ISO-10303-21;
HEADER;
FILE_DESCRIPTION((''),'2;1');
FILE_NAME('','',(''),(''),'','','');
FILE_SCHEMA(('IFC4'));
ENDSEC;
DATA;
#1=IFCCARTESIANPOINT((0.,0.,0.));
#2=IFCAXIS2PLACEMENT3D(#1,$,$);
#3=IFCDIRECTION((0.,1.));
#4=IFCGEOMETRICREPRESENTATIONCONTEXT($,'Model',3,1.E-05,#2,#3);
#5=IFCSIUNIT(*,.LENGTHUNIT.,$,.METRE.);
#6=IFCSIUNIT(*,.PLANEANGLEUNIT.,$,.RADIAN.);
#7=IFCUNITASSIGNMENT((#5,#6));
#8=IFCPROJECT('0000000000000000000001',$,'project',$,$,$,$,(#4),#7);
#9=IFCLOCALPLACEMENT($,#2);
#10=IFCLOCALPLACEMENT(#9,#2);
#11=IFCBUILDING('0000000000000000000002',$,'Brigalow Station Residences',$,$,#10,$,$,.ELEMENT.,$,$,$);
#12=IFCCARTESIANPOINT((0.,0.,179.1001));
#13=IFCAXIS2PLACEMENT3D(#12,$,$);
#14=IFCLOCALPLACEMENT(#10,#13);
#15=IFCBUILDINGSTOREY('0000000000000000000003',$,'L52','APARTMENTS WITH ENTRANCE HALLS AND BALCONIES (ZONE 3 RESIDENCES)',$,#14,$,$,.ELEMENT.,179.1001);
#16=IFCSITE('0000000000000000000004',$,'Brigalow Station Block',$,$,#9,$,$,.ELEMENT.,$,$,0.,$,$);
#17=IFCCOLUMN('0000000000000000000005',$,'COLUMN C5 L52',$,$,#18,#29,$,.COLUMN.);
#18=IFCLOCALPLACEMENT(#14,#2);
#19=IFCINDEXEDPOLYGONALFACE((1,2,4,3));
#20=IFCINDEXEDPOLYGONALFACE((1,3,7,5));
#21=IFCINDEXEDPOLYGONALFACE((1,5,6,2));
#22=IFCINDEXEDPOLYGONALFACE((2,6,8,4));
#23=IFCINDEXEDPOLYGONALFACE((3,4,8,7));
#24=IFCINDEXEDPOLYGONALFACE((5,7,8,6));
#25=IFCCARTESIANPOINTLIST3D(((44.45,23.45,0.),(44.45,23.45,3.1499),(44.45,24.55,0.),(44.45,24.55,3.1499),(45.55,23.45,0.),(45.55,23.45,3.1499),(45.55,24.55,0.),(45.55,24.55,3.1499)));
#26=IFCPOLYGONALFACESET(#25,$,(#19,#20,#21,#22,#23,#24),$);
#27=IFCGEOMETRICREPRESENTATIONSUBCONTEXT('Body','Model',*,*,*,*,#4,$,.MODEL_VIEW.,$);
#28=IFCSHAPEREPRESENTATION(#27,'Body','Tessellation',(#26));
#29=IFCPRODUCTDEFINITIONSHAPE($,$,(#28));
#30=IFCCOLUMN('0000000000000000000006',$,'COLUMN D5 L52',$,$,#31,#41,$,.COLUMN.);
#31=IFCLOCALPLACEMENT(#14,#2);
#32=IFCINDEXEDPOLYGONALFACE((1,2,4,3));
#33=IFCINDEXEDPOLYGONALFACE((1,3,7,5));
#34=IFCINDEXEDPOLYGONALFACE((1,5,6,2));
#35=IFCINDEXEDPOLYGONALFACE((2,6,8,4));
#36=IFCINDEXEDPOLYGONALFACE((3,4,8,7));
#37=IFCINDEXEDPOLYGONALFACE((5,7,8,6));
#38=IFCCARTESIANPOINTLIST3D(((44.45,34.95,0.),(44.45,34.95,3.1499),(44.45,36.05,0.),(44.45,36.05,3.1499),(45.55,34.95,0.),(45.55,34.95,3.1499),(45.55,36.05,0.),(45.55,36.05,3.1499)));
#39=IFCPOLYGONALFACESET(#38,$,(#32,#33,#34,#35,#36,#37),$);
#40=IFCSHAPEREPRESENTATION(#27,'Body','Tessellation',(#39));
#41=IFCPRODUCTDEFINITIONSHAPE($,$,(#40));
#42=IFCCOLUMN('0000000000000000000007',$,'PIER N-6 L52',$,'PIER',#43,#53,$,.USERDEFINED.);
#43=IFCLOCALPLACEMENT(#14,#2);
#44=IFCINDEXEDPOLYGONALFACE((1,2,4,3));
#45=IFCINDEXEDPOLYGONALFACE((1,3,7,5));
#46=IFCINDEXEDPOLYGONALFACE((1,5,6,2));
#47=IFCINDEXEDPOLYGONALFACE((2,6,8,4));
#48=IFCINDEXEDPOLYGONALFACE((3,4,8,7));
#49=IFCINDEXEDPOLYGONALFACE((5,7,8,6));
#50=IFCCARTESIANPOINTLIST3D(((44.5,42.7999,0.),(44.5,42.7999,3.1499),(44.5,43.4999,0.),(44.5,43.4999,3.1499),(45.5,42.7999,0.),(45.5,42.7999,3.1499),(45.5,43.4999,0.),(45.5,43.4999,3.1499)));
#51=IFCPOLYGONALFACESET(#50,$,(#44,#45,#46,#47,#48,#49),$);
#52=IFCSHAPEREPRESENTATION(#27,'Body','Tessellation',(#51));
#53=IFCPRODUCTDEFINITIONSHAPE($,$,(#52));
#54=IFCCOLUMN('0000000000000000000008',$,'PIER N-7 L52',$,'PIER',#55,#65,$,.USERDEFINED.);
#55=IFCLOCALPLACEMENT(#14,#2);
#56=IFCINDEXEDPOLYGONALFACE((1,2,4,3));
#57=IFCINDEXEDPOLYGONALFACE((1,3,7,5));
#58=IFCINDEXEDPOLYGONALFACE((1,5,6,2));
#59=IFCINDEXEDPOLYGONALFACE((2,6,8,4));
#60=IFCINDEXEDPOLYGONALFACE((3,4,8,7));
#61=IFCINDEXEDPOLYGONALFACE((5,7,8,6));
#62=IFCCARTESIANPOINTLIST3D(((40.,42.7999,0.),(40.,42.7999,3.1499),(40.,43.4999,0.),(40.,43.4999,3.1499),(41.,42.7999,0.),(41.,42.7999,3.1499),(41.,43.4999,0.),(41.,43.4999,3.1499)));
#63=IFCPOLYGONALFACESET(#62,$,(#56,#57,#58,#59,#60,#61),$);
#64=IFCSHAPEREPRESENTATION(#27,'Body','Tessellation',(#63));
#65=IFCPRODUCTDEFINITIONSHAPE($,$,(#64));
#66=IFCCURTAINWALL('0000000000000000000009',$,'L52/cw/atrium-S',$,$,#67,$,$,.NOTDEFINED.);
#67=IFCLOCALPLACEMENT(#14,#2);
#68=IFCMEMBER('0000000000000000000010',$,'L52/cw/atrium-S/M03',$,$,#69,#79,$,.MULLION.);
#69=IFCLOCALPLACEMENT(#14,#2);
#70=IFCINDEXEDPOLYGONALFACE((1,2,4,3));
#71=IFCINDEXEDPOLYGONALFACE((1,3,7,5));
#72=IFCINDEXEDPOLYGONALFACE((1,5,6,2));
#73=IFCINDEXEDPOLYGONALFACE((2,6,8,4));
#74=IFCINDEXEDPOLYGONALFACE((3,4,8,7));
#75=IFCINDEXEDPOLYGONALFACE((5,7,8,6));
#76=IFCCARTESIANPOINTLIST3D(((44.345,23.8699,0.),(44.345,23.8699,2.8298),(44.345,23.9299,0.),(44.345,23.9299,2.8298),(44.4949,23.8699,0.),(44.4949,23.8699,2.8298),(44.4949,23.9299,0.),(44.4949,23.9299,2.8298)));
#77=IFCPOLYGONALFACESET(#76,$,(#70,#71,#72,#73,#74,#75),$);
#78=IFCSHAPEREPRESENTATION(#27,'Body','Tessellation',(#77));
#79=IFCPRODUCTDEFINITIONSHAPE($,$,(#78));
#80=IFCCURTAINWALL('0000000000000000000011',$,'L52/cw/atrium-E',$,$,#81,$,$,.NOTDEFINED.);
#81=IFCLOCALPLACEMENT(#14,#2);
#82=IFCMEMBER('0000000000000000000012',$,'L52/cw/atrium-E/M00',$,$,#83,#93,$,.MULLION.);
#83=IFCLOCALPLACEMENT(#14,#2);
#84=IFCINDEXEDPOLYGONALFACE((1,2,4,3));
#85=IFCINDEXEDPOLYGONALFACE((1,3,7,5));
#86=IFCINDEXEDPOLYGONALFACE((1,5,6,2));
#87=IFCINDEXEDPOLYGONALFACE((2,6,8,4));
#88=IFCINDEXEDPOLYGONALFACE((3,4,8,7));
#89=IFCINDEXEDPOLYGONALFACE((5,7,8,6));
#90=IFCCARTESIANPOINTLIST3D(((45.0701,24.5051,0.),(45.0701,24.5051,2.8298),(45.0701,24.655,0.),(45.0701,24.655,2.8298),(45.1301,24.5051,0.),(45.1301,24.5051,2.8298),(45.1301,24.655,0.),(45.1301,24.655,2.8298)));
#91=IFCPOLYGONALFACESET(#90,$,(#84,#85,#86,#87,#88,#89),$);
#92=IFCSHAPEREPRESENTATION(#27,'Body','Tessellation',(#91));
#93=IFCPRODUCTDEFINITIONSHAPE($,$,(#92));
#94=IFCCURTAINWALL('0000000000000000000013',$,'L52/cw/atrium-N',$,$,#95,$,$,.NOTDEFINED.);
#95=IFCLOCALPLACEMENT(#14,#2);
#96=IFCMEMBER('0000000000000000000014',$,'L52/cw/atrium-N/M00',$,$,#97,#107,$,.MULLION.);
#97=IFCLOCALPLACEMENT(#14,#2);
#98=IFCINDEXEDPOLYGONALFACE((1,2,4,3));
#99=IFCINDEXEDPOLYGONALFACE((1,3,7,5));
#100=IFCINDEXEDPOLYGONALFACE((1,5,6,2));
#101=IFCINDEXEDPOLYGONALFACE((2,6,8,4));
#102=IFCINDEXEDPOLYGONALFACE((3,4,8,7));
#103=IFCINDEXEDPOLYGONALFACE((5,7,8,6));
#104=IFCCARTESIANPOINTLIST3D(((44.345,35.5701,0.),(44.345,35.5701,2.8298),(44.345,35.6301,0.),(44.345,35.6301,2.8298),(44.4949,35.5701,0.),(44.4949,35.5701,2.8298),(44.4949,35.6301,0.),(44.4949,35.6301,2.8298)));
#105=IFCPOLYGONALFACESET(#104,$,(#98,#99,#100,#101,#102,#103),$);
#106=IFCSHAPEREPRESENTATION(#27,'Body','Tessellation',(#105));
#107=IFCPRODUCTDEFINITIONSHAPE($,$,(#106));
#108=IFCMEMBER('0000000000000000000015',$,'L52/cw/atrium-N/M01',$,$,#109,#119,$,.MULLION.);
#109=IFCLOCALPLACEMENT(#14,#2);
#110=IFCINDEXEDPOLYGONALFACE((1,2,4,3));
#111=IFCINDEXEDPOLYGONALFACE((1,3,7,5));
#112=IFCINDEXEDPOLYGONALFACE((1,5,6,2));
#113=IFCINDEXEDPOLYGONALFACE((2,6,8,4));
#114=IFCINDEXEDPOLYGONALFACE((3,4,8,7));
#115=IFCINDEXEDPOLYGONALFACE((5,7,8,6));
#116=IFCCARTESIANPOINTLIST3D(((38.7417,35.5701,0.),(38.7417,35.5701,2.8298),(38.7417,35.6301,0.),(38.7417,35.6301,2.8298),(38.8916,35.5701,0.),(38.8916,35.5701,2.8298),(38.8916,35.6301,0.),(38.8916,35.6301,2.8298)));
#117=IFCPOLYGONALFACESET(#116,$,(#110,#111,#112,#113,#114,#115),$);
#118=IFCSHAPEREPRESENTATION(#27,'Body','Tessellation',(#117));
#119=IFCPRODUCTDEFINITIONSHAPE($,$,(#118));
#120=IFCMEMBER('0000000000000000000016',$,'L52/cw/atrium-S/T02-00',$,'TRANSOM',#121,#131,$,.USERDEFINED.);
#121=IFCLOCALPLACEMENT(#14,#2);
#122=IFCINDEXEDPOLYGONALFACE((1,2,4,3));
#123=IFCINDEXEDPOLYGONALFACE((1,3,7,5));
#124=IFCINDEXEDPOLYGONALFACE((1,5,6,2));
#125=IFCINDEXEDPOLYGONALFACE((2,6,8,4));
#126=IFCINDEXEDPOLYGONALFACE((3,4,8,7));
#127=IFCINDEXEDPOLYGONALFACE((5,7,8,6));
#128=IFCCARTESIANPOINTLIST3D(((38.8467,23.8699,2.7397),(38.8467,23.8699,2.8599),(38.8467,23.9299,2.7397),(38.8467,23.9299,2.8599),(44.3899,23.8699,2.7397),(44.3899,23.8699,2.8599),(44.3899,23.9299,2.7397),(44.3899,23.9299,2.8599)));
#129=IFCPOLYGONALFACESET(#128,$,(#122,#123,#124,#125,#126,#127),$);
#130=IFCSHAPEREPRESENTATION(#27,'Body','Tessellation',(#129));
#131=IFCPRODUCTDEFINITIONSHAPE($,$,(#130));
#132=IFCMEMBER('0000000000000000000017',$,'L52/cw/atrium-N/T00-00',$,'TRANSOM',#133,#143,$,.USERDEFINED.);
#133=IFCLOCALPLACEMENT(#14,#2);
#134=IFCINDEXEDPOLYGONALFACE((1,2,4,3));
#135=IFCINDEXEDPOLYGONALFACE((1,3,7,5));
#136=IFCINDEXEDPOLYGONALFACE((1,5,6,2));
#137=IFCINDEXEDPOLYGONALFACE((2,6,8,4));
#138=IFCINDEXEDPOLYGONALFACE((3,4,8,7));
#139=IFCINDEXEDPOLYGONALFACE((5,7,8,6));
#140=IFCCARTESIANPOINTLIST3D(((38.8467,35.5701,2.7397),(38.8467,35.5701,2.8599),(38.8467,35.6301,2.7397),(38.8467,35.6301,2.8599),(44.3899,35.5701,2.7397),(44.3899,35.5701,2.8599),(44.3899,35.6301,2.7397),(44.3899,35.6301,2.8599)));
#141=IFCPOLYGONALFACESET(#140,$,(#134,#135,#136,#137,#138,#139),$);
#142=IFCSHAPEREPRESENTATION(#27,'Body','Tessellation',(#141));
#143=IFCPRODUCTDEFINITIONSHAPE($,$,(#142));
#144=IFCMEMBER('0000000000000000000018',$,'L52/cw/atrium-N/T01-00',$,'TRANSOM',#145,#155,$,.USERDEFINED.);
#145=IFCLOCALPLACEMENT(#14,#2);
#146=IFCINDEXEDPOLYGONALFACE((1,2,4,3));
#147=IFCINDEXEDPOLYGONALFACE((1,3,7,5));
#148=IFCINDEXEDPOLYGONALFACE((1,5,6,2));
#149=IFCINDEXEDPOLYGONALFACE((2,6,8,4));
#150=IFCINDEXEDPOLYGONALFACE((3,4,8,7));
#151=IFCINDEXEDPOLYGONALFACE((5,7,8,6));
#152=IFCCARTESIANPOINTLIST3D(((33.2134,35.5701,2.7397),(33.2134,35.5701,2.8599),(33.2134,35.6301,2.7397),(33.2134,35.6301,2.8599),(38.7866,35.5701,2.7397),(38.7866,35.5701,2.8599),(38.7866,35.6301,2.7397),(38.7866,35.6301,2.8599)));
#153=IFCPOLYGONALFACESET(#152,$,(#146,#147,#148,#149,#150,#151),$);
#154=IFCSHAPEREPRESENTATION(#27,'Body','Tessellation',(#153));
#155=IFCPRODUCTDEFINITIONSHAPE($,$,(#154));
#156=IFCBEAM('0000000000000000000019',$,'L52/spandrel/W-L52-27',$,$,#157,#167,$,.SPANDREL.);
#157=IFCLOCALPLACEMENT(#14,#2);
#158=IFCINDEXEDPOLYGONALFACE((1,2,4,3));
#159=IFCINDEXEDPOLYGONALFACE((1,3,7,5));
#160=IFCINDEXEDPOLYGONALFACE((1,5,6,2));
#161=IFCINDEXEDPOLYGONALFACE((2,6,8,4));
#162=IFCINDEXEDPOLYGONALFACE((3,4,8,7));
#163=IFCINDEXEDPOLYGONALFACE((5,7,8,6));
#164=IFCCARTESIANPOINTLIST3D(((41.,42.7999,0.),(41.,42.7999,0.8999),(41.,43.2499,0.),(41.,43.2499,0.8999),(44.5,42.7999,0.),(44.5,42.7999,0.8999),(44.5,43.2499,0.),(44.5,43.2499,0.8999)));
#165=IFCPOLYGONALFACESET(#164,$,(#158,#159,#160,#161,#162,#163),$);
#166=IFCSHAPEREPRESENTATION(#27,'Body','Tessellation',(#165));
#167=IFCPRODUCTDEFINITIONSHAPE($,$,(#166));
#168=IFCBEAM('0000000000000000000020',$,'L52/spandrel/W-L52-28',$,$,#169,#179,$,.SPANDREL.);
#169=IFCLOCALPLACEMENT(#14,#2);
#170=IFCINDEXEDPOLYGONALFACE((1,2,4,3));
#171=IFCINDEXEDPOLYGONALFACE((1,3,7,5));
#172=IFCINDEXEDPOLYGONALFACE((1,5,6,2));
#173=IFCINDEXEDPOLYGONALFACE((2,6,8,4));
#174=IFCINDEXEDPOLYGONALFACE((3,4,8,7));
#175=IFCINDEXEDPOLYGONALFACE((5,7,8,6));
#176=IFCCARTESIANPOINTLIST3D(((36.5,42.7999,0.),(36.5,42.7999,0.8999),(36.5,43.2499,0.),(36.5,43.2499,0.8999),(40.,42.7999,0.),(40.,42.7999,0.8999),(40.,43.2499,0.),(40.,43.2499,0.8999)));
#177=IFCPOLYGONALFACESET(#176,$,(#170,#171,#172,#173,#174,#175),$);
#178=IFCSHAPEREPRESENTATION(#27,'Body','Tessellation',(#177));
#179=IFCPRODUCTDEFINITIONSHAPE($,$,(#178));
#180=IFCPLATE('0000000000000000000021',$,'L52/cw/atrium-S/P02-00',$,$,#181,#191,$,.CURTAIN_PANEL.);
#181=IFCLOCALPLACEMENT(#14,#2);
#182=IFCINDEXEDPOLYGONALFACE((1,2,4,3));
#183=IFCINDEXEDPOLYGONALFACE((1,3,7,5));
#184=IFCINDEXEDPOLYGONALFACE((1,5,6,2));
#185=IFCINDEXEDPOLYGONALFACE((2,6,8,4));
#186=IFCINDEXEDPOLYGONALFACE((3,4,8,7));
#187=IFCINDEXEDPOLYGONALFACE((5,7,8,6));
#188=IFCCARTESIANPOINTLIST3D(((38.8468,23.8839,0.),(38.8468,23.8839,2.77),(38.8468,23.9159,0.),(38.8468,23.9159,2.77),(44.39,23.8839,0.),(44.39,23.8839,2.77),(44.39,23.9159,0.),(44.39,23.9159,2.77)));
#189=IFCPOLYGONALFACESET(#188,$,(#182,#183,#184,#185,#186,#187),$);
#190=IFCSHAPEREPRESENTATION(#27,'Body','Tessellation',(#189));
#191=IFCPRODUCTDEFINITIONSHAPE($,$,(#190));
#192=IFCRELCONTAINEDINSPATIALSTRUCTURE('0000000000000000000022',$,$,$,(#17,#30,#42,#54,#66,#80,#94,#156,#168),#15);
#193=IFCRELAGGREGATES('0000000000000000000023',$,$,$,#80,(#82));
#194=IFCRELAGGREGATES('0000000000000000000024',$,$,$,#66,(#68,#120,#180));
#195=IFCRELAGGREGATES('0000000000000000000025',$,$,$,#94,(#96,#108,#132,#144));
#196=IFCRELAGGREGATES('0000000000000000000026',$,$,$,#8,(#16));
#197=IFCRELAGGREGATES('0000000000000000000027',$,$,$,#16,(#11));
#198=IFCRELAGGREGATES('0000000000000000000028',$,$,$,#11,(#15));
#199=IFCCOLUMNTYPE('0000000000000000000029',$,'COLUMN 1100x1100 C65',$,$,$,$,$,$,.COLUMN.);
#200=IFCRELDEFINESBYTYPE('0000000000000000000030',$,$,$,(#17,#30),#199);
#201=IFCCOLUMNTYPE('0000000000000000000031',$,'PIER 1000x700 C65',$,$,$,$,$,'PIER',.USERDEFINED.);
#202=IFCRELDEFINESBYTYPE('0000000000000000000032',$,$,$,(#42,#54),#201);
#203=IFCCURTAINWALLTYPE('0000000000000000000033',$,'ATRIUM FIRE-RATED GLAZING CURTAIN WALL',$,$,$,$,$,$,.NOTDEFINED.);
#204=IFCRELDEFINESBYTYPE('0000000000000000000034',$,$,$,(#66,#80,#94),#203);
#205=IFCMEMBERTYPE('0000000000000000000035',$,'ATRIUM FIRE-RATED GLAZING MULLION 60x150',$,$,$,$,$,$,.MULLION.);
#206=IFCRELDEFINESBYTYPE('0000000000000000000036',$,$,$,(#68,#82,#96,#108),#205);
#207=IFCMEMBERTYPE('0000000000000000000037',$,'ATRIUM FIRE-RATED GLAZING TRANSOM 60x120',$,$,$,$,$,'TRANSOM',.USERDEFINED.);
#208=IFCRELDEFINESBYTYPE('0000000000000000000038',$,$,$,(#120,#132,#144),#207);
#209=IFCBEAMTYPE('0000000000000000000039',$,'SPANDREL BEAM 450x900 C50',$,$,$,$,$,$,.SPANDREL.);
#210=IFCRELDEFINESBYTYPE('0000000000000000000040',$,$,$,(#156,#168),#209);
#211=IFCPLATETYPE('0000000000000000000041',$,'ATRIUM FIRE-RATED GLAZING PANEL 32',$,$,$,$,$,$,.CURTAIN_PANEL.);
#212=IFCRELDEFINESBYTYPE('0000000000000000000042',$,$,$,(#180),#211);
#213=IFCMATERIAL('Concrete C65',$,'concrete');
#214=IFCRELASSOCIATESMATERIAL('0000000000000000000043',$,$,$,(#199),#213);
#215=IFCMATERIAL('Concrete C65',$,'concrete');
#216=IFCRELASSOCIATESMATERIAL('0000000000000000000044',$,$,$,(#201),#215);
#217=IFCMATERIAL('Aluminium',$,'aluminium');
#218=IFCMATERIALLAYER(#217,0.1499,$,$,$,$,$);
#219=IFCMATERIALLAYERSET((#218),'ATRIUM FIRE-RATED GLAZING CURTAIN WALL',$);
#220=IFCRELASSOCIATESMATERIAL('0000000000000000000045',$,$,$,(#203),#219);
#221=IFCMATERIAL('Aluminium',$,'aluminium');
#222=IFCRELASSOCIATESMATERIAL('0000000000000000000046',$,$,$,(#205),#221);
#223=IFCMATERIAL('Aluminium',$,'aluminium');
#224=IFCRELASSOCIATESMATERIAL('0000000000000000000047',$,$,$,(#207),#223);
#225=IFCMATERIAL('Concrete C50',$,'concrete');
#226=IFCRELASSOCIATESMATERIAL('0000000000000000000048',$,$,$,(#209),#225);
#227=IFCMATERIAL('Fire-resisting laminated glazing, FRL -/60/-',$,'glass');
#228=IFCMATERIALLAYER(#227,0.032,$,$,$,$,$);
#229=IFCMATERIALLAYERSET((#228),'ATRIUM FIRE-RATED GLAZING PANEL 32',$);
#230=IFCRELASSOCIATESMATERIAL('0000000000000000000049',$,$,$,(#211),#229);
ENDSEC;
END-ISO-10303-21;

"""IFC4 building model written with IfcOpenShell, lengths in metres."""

from ifc_helpers import new_model, si_unit, direction, frame, origin, origin_2d, place, context, subcontext, project, spatial, rectangle, extrude, material, layer, layer_set, material_profile, profile_set, type_object, element, aggregate, save


model = new_model("IFC4")

# Units and contexts
model_context = context("Model", 3, precision=1e-05, world=origin(), true_north=direction((0.0, 1.0)))
body_context = subcontext(model_context, "Body", "Model", "MODEL_VIEW")
ifc_project = project(units=[si_unit("LENGTHUNIT", "METRE"), si_unit("PLANEANGLEUNIT", "RADIAN")], contexts=[model_context])

# Site, building, storey
site_placement = place(None, origin())
site = spatial("IfcSite", under=ifc_project, at=site_placement, Name="Brigalow Station Block", CompositionType="ELEMENT", RefElevation=0.0)
building_placement = place(site_placement, origin())
building = spatial("IfcBuilding", under=site, at=building_placement, Name="Brigalow Station Residences", CompositionType="ELEMENT")
storey_placement = place(building_placement, frame((0.0, 0.0, 179.1001)))
storey = spatial("IfcBuildingStorey", under=building, at=storey_placement, Name="L52", Description="APARTMENTS WITH ENTRANCE HALLS AND BALCONIES (ZONE 3 RESIDENCES)", CompositionType="ELEMENT", Elevation=179.1001)

# Columns
ifc_material_1 = material(Name="Concrete C65", Category="concrete")
ifc_material_profile_1 = material_profile(ifc_material_1, rectangle(XDim=1.1001, YDim=1.1001, at=origin_2d()), Name="RC1100x1100")
ifc_profile_set_1 = profile_set([ifc_material_profile_1], Name="Concrete C65")
column_type_1 = type_object("IfcColumnType", Name="COLUMN 1100x1100 C65", PredefinedType="COLUMN", material=ifc_profile_set_1)
for number, where, z_axis, x_axis, name in (
    (1, (45.0, 24.0, 0.0), (0.0, 0.0, 1.0), (1.0, 0.0, 0.0), "COLUMN C5 L52"),
    (2, (45.0, 35.5, 0.0), (0.0, 0.0, 1.0), (1.0, 0.0, 0.0), "COLUMN D5 L52"),
):
    element("IfcColumn", number, at=place(storey_placement, frame(where, z_axis=z_axis, x_axis=x_axis)), inside=storey, type_object=column_type_1, Name=name, PredefinedType="COLUMN", context=body_context, shape_type="SweptSolid", body=[
        extrude(rectangle(XDim=1.1001, YDim=1.1001, at=origin_2d()), origin(), (0.0, 0.0, 1.0), 3.1499),
    ])
ifc_material_2 = material(Name="Concrete C65", Category="concrete")
ifc_material_profile_2 = material_profile(ifc_material_2, rectangle(XDim=1.0, YDim=0.7, at=origin_2d()), Name="RC1000x700")
ifc_profile_set_2 = profile_set([ifc_material_profile_2], Name="Concrete C65")
column_type_2 = type_object("IfcColumnType", Name="PIER 1000x700 C65", ElementType="PIER", PredefinedType="USERDEFINED", material=ifc_profile_set_2)
for number, where, z_axis, x_axis, name in (
    (3, (45.0, 43.1499, 0.0), (0.0, 0.0, 1.0), (-1.0, 0.0, 0.0), "PIER N-6 L52"),
    (4, (40.5, 43.1499, 0.0), (0.0, 0.0, 1.0), (-1.0, 0.0, 0.0), "PIER N-7 L52"),
):
    element("IfcColumn", number, at=place(storey_placement, frame(where, z_axis=z_axis, x_axis=x_axis)), inside=storey, type_object=column_type_2, Name=name, ObjectType="PIER", PredefinedType="USERDEFINED", context=body_context, shape_type="SweptSolid", body=[
        extrude(rectangle(XDim=1.0, YDim=0.7, at=origin_2d()), origin(), (0.0, 0.0, 1.0), 3.1499),
    ])

# Curtain walls, members
ifc_material_3 = material(Name="Aluminium", Category="aluminium")
ifc_layer_1 = layer(ifc_material_3, 0.1499)
ifc_layer_set_1 = layer_set([ifc_layer_1], Name="ATRIUM FIRE-RATED GLAZING CURTAIN WALL")
curtain_wall_type = type_object("IfcCurtainWallType", Name="ATRIUM FIRE-RATED GLAZING CURTAIN WALL", PredefinedType="NOTDEFINED", material=ifc_layer_set_1)
curtain_wall_1_placement = place(storey_placement, origin())
curtain_wall_1 = element("IfcCurtainWall", 5, at=curtain_wall_1_placement, inside=storey, type_object=curtain_wall_type, Name="L52/cw/atrium-S", PredefinedType="NOTDEFINED")
ifc_material_4 = material(Name="Aluminium", Category="aluminium")
ifc_material_profile_3 = material_profile(ifc_material_4, rectangle(XDim=0.0601, YDim=0.1499, at=origin_2d()), Name="ATRIUM FIRE-RATED GLAZING MULLION 60x150")
ifc_profile_set_3 = profile_set([ifc_material_profile_3], Name="Aluminium")
member_type_1 = type_object("IfcMemberType", Name="ATRIUM FIRE-RATED GLAZING MULLION 60x150", PredefinedType="MULLION", material=ifc_profile_set_3)
member_1_placement = place(storey_placement, frame((44.4199, 23.8999, 0.0), z_axis=(0.0, 0.0, 1.0), x_axis=(0.0, 1.0, 0.0)))
member_1 = element("IfcMember", 6, at=member_1_placement, type_object=member_type_1, Name="L52/cw/atrium-S/M03", PredefinedType="MULLION", context=body_context, shape_type="SweptSolid", body=[
    extrude(rectangle(XDim=0.0601, YDim=0.1499, at=origin_2d()), origin(), (0.0, 0.0, 1.0), 2.8298),
])
curtain_wall_2_placement = place(storey_placement, origin())
curtain_wall_2 = element("IfcCurtainWall", 7, at=curtain_wall_2_placement, inside=storey, type_object=curtain_wall_type, Name="L52/cw/atrium-E", PredefinedType="NOTDEFINED")
member_2_placement = place(storey_placement, frame((45.1001, 24.5801, 0.0), z_axis=(0.0, 0.0, 1.0), x_axis=(-1.0, 0.0, 0.0)))
member_2 = element("IfcMember", 8, at=member_2_placement, type_object=member_type_1, Name="L52/cw/atrium-E/M00", PredefinedType="MULLION", context=body_context, shape_type="SweptSolid", body=[
    extrude(rectangle(XDim=0.0601, YDim=0.1499, at=origin_2d()), origin(), (0.0, 0.0, 1.0), 2.8298),
])
aggregate(curtain_wall_2, [member_2])

# Curtain wall, members
curtain_wall_3_placement = place(storey_placement, origin())
curtain_wall_3 = element("IfcCurtainWall", 9, at=curtain_wall_3_placement, inside=storey, type_object=curtain_wall_type, Name="L52/cw/atrium-N", PredefinedType="NOTDEFINED")
member_3_placement = place(storey_placement, frame((44.4199, 35.6001, 0.0), z_axis=(0.0, 0.0, 1.0), x_axis=(0.0, -1.0, 0.0)))
member_3 = element("IfcMember", 10, at=member_3_placement, type_object=member_type_1, Name="L52/cw/atrium-N/M00", PredefinedType="MULLION", context=body_context, shape_type="SweptSolid", body=[
    extrude(rectangle(XDim=0.0601, YDim=0.1499, at=origin_2d()), origin(), (0.0, 0.0, 1.0), 2.8298),
])
member_4_placement = place(storey_placement, frame((38.8167, 35.6001, 0.0), z_axis=(0.0, 0.0, 1.0), x_axis=(0.0, -1.0, 0.0)))
member_4 = element("IfcMember", 11, at=member_4_placement, type_object=member_type_1, Name="L52/cw/atrium-N/M01", PredefinedType="MULLION", context=body_context, shape_type="SweptSolid", body=[
    extrude(rectangle(XDim=0.0601, YDim=0.1499, at=origin_2d()), origin(), (0.0, 0.0, 1.0), 2.8298),
])

# Members
ifc_material_5 = material(Name="Aluminium", Category="aluminium")
ifc_material_profile_4 = material_profile(ifc_material_5, rectangle(XDim=0.0601, YDim=0.1201, at=origin_2d()), Name="ATRIUM FIRE-RATED GLAZING TRANSOM 60x120")
ifc_profile_set_4 = profile_set([ifc_material_profile_4], Name="Aluminium")
member_type_2 = type_object("IfcMemberType", Name="ATRIUM FIRE-RATED GLAZING TRANSOM 60x120", ElementType="TRANSOM", PredefinedType="USERDEFINED", material=ifc_profile_set_4)
member_5_placement = place(storey_placement, frame((38.8467, 23.8999, 2.7998), z_axis=(1.0, 0.0, 0.0), x_axis=(0.0, 1.0, 0.0)))
member_5 = element("IfcMember", 12, at=member_5_placement, type_object=member_type_2, Name="L52/cw/atrium-S/T02-00", ObjectType="TRANSOM", PredefinedType="USERDEFINED", context=body_context, shape_type="SweptSolid", body=[
    extrude(rectangle(XDim=0.0601, YDim=0.1201, at=origin_2d()), origin(), (0.0, 0.0, 1.0), 5.5432),
])
member_6_placement = place(storey_placement, frame((44.3899, 35.6001, 2.7998), z_axis=(-1.0, 0.0, 0.0), x_axis=(0.0, -1.0, 0.0)))
member_6 = element("IfcMember", 13, at=member_6_placement, type_object=member_type_2, Name="L52/cw/atrium-N/T00-00", ObjectType="TRANSOM", PredefinedType="USERDEFINED", context=body_context, shape_type="SweptSolid", body=[
    extrude(rectangle(XDim=0.0601, YDim=0.1201, at=origin_2d()), origin(), (0.0, 0.0, 1.0), 5.5432),
])
member_7_placement = place(storey_placement, frame((38.7866, 35.6001, 2.7998), z_axis=(-1.0, 0.0, 0.0), x_axis=(0.0, -1.0, 0.0)))
member_7 = element("IfcMember", 14, at=member_7_placement, type_object=member_type_2, Name="L52/cw/atrium-N/T01-00", ObjectType="TRANSOM", PredefinedType="USERDEFINED", context=body_context, shape_type="SweptSolid", body=[
    extrude(rectangle(XDim=0.0601, YDim=0.1201, at=origin_2d()), origin(), (0.0, 0.0, 1.0), 5.5732),
])

# Beams
ifc_material_6 = material(Name="Concrete C50", Category="concrete")
ifc_material_profile_5 = material_profile(ifc_material_6, rectangle(XDim=0.45, YDim=0.8999, at=origin_2d()), Name="RC450x900")
ifc_profile_set_5 = profile_set([ifc_material_profile_5], Name="Concrete C50")
beam_type = type_object("IfcBeamType", Name="SPANDREL BEAM 450x900 C50", PredefinedType="SPANDREL", material=ifc_profile_set_5)
for number, where, z_axis, x_axis, name in (
    (15, (44.5, 43.0249, 0.45), (-1.0, 0.0, 0.0), (0.0, -1.0, 0.0), "L52/spandrel/W-L52-27"),
    (16, (40.0, 43.0249, 0.45), (-1.0, 0.0, 0.0), (0.0, -1.0, 0.0), "L52/spandrel/W-L52-28"),
):
    element("IfcBeam", number, at=place(storey_placement, frame(where, z_axis=z_axis, x_axis=x_axis)), inside=storey, type_object=beam_type, Name=name, PredefinedType="SPANDREL", context=body_context, shape_type="SweptSolid", body=[
        extrude(rectangle(XDim=0.45, YDim=0.8999, at=origin_2d()), origin(), (0.0, 0.0, 1.0), 3.5),
    ])

# Plate
ifc_material_7 = material(Name="Fire-resisting laminated glazing, FRL -/60/-", Category="glass")
ifc_layer_2 = layer(ifc_material_7, 0.032)
ifc_layer_set_2 = layer_set([ifc_layer_2], Name="ATRIUM FIRE-RATED GLAZING PANEL 32")
plate_type = type_object("IfcPlateType", Name="ATRIUM FIRE-RATED GLAZING PANEL 32", PredefinedType="CURTAIN_PANEL", material=ifc_layer_set_2)
plate_1_placement = place(storey_placement, frame((41.6184, 23.8999, 0.0), z_axis=(0.0, 0.0, 1.0), x_axis=(1.0, 0.0, 0.0)))
plate_1 = element("IfcPlate", 17, at=plate_1_placement, type_object=plate_type, Name="L52/cw/atrium-S/P02-00", PredefinedType="CURTAIN_PANEL", context=body_context, shape_type="SweptSolid", body=[
    extrude(rectangle(XDim=5.5432, YDim=0.032, at=origin_2d()), origin(), (0.0, 0.0, 1.0), 2.77),
])
aggregate(curtain_wall_1, [member_1, member_5, plate_1])
aggregate(curtain_wall_3, [member_3, member_4, member_6, member_7])

save(model, "model.ifc")
